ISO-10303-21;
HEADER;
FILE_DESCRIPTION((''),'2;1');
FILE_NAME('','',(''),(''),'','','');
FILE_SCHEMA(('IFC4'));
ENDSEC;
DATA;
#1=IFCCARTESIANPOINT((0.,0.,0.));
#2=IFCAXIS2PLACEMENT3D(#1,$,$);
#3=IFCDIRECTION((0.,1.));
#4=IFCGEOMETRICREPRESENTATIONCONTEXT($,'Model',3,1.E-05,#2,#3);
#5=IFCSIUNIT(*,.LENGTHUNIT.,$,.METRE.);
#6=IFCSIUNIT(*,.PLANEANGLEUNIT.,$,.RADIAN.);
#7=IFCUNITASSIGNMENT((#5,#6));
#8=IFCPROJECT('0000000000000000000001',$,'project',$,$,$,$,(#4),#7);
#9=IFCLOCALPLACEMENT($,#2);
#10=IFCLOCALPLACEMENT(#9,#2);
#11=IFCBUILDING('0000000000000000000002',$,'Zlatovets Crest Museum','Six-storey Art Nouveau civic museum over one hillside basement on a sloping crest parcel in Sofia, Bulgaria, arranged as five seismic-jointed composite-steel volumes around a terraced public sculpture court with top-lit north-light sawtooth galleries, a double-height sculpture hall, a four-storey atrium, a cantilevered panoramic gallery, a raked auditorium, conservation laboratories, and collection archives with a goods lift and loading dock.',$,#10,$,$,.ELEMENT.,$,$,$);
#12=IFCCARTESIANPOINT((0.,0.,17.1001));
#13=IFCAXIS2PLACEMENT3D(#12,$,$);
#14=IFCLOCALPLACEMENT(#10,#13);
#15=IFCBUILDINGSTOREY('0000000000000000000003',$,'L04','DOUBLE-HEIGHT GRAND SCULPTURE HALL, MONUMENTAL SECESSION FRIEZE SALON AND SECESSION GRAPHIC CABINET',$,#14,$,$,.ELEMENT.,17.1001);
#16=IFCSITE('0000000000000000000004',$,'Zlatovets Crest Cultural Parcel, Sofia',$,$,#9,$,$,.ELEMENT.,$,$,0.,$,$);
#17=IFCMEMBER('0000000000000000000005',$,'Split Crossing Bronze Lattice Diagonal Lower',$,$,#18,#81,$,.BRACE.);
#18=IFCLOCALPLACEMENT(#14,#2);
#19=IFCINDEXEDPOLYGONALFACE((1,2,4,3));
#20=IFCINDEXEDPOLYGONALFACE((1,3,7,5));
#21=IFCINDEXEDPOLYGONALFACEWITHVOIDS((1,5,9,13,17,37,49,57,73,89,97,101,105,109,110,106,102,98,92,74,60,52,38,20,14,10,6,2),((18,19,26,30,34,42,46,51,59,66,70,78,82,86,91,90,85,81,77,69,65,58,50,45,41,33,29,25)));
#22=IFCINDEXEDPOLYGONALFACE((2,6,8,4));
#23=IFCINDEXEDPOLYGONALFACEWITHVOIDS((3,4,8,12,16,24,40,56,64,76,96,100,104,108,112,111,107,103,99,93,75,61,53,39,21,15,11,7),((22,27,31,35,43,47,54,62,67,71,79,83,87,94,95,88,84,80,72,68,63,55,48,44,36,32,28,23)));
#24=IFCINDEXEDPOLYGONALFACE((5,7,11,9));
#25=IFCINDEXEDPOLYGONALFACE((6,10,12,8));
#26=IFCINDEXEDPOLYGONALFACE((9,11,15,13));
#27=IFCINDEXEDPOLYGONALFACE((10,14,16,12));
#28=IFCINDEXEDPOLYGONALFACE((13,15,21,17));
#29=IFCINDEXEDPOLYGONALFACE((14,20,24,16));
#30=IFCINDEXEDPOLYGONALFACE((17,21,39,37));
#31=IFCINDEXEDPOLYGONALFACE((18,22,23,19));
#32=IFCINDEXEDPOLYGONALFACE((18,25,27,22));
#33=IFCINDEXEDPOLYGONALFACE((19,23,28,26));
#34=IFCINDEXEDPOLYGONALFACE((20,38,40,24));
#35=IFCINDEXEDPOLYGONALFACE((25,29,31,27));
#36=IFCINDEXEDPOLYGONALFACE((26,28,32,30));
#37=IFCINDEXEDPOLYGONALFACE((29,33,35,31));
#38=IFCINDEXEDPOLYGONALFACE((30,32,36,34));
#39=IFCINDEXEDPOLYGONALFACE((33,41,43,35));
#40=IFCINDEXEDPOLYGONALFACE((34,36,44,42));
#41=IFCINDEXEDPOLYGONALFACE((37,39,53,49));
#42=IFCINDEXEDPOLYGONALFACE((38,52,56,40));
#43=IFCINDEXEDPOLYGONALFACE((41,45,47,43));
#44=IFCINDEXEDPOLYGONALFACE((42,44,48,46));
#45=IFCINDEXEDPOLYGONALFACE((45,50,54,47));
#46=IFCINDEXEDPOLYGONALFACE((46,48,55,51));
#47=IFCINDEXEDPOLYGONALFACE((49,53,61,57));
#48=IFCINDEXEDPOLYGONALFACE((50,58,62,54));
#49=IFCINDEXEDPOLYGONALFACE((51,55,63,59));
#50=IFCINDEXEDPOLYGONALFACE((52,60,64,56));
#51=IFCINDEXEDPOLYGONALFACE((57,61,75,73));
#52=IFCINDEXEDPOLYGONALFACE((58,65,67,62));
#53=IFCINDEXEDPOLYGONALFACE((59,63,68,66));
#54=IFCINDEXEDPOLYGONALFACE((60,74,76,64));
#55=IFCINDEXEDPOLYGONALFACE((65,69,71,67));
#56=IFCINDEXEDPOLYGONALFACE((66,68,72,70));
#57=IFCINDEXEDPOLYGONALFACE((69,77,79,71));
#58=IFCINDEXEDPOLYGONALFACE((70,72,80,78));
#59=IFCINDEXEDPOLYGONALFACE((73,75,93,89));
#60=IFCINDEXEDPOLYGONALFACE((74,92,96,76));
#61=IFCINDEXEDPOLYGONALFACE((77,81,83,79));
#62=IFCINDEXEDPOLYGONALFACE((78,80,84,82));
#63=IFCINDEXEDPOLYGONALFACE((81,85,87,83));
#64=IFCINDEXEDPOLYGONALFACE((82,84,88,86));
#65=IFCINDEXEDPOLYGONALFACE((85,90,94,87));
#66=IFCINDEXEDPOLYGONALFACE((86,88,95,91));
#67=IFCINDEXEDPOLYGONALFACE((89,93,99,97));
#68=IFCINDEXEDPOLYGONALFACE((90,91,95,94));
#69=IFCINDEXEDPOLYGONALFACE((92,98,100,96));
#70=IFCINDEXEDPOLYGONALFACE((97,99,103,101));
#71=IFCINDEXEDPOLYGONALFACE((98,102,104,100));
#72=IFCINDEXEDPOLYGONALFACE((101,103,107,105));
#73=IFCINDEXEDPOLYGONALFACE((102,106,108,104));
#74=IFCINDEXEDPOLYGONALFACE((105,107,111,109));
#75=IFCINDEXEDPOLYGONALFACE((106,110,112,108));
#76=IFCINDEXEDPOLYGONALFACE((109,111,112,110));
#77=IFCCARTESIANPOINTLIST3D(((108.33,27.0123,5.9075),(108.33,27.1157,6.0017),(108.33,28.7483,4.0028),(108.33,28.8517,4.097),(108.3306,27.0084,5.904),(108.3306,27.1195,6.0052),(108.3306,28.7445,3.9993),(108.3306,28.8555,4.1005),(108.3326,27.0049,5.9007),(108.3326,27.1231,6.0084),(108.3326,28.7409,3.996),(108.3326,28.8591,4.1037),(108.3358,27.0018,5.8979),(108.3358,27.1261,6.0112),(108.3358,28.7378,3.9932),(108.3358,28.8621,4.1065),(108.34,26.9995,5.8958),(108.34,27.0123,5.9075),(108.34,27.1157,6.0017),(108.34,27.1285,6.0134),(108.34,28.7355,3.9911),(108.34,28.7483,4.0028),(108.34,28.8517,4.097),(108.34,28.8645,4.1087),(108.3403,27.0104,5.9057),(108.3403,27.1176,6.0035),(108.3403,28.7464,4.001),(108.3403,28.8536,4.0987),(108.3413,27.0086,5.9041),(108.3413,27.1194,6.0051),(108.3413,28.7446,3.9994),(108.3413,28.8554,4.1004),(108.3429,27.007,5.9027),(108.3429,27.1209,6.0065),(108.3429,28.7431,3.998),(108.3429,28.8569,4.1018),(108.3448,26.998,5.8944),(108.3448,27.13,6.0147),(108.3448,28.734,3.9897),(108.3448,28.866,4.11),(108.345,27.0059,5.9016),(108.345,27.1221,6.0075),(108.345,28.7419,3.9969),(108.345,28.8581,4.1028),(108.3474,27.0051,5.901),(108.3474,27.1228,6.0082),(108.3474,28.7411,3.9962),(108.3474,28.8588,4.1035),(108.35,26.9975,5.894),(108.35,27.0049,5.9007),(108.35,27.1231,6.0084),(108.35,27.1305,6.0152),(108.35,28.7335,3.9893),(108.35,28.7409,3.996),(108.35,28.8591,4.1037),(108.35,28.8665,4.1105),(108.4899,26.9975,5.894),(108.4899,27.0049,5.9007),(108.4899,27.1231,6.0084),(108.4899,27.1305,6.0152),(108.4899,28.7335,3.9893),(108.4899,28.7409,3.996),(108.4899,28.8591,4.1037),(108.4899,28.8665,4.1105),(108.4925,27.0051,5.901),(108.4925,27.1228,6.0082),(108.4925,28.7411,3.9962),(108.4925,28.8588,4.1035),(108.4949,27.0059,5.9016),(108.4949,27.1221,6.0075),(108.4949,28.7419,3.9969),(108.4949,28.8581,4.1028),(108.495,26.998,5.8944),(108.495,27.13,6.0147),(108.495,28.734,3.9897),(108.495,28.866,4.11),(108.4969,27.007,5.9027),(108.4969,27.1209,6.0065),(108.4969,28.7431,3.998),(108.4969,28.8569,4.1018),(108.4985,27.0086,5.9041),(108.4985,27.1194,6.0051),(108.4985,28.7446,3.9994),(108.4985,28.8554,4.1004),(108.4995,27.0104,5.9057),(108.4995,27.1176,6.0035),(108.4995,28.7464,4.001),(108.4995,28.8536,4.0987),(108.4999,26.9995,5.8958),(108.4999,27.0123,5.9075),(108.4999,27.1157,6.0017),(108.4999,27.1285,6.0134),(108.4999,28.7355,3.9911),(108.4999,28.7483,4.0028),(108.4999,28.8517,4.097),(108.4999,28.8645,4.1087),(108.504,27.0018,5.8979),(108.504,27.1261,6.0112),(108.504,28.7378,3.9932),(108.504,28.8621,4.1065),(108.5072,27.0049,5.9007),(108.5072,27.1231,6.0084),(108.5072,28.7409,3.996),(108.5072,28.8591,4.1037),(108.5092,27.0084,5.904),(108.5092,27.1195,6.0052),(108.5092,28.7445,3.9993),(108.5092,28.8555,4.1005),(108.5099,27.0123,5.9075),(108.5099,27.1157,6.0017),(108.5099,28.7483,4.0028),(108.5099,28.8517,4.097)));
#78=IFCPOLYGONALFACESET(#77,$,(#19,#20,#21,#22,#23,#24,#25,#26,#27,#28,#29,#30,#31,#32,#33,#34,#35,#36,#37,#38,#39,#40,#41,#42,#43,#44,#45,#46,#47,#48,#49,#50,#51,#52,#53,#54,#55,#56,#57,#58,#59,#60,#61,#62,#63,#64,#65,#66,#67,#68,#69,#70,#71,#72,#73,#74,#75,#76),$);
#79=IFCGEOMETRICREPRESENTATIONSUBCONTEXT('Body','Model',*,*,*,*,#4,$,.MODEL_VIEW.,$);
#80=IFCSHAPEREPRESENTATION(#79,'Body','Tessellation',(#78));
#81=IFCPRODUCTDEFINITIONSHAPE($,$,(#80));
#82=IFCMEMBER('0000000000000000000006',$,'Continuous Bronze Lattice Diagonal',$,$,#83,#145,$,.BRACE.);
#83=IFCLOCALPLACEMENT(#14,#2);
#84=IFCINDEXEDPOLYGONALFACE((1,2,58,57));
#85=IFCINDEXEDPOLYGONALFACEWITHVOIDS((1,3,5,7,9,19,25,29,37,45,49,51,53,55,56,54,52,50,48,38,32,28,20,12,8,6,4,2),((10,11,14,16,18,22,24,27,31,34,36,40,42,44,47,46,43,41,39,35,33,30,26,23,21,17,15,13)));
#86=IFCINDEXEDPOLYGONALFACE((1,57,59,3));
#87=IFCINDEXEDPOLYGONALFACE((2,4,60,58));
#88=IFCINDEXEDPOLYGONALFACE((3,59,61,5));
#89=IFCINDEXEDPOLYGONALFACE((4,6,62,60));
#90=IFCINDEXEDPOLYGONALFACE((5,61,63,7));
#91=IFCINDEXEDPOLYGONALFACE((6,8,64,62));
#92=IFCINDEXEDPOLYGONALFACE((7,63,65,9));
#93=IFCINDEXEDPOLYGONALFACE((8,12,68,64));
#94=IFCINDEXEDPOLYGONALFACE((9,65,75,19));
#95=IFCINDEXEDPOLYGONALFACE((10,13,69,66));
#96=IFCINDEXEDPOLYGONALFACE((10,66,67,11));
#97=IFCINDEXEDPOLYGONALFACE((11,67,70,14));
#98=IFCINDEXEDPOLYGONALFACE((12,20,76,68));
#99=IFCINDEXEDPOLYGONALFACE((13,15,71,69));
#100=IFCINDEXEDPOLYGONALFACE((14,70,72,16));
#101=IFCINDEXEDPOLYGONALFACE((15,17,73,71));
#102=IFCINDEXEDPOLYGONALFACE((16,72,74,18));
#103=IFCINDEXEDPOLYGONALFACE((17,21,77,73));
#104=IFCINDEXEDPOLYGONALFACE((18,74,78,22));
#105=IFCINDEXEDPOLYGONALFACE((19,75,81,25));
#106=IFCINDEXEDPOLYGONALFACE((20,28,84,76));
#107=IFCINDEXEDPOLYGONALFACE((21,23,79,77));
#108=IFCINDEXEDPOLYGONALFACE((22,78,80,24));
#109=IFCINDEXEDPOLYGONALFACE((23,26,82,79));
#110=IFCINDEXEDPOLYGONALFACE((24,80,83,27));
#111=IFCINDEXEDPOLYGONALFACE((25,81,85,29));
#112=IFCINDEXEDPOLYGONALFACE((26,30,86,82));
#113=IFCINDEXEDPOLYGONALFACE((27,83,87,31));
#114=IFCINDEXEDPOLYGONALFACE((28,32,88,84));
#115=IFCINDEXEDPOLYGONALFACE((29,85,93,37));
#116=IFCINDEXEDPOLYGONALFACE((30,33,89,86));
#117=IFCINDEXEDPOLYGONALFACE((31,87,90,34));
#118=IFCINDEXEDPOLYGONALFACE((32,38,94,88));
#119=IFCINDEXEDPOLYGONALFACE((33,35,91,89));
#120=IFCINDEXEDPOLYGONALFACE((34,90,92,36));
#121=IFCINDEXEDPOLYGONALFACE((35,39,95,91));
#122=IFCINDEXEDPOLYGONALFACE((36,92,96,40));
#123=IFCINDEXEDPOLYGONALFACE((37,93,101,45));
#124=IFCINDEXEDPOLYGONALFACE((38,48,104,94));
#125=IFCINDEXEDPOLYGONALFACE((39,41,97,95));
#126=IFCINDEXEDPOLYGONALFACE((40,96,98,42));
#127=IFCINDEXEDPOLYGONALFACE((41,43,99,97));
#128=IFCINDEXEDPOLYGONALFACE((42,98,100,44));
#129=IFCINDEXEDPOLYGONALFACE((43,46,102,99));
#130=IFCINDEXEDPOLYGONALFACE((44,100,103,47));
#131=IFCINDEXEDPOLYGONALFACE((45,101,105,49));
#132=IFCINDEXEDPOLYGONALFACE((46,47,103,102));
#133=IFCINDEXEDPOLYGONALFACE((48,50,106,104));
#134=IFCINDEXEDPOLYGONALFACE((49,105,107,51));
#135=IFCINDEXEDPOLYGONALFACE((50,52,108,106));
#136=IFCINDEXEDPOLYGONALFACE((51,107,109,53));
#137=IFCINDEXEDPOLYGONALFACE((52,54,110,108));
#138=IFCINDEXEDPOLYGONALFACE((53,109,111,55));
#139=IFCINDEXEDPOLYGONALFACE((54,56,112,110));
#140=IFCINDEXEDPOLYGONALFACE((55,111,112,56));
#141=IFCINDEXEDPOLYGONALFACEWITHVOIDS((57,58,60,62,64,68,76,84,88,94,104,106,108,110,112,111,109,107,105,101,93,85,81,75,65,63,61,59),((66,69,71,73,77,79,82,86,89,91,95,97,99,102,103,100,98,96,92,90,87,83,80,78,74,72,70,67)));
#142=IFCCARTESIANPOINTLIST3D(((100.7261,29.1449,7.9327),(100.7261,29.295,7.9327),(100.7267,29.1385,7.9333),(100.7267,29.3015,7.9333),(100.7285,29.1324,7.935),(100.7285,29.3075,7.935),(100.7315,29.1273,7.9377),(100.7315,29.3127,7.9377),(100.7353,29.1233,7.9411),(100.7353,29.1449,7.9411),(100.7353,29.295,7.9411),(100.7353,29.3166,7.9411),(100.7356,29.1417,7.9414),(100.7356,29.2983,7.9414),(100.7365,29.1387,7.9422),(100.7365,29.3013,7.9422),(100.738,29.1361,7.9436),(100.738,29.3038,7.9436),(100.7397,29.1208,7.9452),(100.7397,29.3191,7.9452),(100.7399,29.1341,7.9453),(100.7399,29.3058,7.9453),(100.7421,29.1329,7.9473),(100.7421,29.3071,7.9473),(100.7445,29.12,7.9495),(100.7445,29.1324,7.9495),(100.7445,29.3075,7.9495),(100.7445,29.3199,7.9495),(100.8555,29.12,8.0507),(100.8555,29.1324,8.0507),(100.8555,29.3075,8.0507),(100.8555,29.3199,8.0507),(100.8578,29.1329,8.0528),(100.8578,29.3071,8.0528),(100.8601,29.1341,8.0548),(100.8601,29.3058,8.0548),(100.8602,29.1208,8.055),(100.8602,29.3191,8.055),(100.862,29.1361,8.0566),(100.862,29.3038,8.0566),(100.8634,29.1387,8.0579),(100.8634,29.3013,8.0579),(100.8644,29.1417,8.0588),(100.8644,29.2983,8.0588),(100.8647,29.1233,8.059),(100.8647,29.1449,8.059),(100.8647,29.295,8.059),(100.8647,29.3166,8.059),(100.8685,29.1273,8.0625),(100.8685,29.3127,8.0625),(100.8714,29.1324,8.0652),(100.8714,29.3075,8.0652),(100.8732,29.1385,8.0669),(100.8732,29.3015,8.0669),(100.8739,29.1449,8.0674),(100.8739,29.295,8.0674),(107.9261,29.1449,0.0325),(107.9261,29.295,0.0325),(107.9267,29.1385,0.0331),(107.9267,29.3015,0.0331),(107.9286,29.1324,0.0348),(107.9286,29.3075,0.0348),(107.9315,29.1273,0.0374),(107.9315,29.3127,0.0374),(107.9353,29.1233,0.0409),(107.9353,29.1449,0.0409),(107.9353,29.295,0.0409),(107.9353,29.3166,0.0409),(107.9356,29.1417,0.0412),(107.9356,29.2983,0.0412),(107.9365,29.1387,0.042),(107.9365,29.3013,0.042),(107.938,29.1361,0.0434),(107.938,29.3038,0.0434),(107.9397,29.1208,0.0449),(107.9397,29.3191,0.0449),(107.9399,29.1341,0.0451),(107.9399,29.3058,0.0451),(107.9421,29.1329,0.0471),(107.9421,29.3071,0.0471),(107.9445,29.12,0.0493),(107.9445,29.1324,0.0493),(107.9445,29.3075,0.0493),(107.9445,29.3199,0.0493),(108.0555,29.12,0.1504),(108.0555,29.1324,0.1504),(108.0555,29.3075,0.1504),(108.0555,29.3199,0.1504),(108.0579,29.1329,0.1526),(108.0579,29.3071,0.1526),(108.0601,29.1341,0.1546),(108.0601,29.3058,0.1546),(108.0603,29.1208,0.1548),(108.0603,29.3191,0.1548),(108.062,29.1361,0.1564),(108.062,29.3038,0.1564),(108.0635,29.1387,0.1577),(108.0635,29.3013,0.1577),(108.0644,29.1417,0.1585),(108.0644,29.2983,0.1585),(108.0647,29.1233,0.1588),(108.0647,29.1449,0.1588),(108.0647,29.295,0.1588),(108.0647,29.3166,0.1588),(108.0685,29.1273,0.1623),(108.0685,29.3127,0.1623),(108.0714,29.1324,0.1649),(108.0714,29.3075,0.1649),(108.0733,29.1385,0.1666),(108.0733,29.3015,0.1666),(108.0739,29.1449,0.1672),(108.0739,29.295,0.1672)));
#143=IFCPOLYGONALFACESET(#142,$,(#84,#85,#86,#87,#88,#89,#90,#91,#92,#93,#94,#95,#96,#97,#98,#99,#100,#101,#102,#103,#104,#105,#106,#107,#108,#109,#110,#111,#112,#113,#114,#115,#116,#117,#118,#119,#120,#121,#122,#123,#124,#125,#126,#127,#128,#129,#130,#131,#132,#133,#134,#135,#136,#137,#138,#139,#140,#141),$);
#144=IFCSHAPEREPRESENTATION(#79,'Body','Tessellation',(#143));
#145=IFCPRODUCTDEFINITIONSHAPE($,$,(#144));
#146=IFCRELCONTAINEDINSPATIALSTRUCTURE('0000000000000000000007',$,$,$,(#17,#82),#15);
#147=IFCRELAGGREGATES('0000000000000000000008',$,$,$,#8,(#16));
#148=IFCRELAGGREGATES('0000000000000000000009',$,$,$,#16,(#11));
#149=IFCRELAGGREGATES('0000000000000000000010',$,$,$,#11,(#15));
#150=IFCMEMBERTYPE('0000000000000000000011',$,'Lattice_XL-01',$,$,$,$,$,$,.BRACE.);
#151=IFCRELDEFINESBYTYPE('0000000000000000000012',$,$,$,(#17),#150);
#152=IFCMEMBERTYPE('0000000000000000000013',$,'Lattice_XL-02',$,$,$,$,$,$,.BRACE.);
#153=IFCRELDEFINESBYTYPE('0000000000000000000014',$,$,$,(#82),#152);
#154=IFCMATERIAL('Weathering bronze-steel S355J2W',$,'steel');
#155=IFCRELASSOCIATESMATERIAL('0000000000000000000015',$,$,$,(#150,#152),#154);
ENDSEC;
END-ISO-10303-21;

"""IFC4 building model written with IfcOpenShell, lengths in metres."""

from ifc_helpers import new_model, si_unit, direction, frame, origin, origin_2d, place, context, subcontext, project, spatial, hollow_rectangle, extrude, material, material_profile, profile_set, type_object, element, save


model = new_model("IFC4")

# Units and contexts
model_context = context("Model", 3, precision=1e-05, world=origin(), true_north=direction((0.0, 1.0)))
body_context = subcontext(model_context, "Body", "Model", "MODEL_VIEW")
ifc_project = project(units=[si_unit("LENGTHUNIT", "METRE"), si_unit("PLANEANGLEUNIT", "RADIAN")], contexts=[model_context])

# Site, building, storey
site_placement = place(None, origin())
site = spatial("IfcSite", under=ifc_project, at=site_placement, Name="Zlatovets Crest Cultural Parcel, Sofia", CompositionType="ELEMENT", RefElevation=0.0)
building_placement = place(site_placement, origin())
building = spatial("IfcBuilding", under=site, at=building_placement, Name="Zlatovets Crest Museum", Description="Six-storey Art Nouveau civic museum over one hillside basement on a sloping crest parcel in Sofia, Bulgaria, arranged as five seismic-jointed composite-steel volumes around a terraced public sculpture court with top-lit north-light sawtooth galleries, a double-height sculpture hall, a four-storey atrium, a cantilevered panoramic gallery, a raked auditorium, conservation laboratories, and collection archives with a goods lift and loading dock.", CompositionType="ELEMENT")
storey_placement = place(building_placement, frame((0.0, 0.0, 17.1001)))
storey = spatial("IfcBuildingStorey", under=building, at=storey_placement, Name="L04", Description="DOUBLE-HEIGHT GRAND SCULPTURE HALL, MONUMENTAL SECESSION FRIEZE SALON AND SECESSION GRAPHIC CABINET", CompositionType="ELEMENT", Elevation=17.1001)

# Members
ifc_material_1 = material(Name="Weathering bronze-steel S355J2W", Category="steel")
ifc_material_profile_1 = material_profile(ifc_material_1, hollow_rectangle(XDim=0.1799, YDim=0.1799, WallThickness=0.01, InnerFilletRadius=0.01, OuterFilletRadius=0.02, at=origin_2d()), Name="SHS 180x180x10.0")
ifc_profile_set_1 = profile_set([ifc_material_profile_1], Name="Weathering bronze-steel S355J2W")
member_type_1 = type_object("IfcMemberType", Name="Lattice_XL-01", PredefinedType="BRACE", material=ifc_profile_set_1)
for number, where, z_axis, x_axis, name in (
    (1, (108.4199, 27.064, 5.9546), (0.0, 0.67362, -0.739078), (-1.0, 0.0, 0.0), "Split Crossing Bronze Lattice Diagonal Lower"),
):
    element("IfcMember", number, at=place(storey_placement, frame(where, z_axis=z_axis, x_axis=x_axis)), inside=storey, type_object=member_type_1, Name=name, PredefinedType="BRACE", context=body_context, shape_type="SweptSolid", body=[
        extrude(hollow_rectangle(XDim=0.1799, YDim=0.1799, WallThickness=0.01, InnerFilletRadius=0.01, OuterFilletRadius=0.02, at=origin_2d()), origin(), (0.0, 0.0, 1.0), 2.5771),
    ])
ifc_material_profile_2 = material_profile(ifc_material_1, hollow_rectangle(XDim=0.2, YDim=0.2, WallThickness=0.0125, InnerFilletRadius=0.0125, OuterFilletRadius=0.0249, at=origin_2d()), Name="SHS 200x200x12.5")
ifc_profile_set_2 = profile_set([ifc_material_profile_2], Name="Weathering bronze-steel S355J2W")
member_type_2 = type_object("IfcMemberType", Name="Lattice_XL-02", PredefinedType="BRACE", material=ifc_profile_set_2)
member_1_placement = place(storey_placement, frame((108.0, 29.22, 0.0999), z_axis=(-0.673594, 0.0, 0.739101), x_axis=(0.0, -1.0, 0.0)))
element("IfcMember", 2, at=member_1_placement, inside=storey, type_object=member_type_2, Name="Continuous Bronze Lattice Diagonal", PredefinedType="BRACE", context=body_context, shape_type="SweptSolid", body=[
    extrude(hollow_rectangle(XDim=0.2, YDim=0.2, WallThickness=0.0125, InnerFilletRadius=0.0125, OuterFilletRadius=0.0249, at=origin_2d()), origin(), (0.0, 0.0, 1.0), 10.689),
])

save(model, "model.ifc")
